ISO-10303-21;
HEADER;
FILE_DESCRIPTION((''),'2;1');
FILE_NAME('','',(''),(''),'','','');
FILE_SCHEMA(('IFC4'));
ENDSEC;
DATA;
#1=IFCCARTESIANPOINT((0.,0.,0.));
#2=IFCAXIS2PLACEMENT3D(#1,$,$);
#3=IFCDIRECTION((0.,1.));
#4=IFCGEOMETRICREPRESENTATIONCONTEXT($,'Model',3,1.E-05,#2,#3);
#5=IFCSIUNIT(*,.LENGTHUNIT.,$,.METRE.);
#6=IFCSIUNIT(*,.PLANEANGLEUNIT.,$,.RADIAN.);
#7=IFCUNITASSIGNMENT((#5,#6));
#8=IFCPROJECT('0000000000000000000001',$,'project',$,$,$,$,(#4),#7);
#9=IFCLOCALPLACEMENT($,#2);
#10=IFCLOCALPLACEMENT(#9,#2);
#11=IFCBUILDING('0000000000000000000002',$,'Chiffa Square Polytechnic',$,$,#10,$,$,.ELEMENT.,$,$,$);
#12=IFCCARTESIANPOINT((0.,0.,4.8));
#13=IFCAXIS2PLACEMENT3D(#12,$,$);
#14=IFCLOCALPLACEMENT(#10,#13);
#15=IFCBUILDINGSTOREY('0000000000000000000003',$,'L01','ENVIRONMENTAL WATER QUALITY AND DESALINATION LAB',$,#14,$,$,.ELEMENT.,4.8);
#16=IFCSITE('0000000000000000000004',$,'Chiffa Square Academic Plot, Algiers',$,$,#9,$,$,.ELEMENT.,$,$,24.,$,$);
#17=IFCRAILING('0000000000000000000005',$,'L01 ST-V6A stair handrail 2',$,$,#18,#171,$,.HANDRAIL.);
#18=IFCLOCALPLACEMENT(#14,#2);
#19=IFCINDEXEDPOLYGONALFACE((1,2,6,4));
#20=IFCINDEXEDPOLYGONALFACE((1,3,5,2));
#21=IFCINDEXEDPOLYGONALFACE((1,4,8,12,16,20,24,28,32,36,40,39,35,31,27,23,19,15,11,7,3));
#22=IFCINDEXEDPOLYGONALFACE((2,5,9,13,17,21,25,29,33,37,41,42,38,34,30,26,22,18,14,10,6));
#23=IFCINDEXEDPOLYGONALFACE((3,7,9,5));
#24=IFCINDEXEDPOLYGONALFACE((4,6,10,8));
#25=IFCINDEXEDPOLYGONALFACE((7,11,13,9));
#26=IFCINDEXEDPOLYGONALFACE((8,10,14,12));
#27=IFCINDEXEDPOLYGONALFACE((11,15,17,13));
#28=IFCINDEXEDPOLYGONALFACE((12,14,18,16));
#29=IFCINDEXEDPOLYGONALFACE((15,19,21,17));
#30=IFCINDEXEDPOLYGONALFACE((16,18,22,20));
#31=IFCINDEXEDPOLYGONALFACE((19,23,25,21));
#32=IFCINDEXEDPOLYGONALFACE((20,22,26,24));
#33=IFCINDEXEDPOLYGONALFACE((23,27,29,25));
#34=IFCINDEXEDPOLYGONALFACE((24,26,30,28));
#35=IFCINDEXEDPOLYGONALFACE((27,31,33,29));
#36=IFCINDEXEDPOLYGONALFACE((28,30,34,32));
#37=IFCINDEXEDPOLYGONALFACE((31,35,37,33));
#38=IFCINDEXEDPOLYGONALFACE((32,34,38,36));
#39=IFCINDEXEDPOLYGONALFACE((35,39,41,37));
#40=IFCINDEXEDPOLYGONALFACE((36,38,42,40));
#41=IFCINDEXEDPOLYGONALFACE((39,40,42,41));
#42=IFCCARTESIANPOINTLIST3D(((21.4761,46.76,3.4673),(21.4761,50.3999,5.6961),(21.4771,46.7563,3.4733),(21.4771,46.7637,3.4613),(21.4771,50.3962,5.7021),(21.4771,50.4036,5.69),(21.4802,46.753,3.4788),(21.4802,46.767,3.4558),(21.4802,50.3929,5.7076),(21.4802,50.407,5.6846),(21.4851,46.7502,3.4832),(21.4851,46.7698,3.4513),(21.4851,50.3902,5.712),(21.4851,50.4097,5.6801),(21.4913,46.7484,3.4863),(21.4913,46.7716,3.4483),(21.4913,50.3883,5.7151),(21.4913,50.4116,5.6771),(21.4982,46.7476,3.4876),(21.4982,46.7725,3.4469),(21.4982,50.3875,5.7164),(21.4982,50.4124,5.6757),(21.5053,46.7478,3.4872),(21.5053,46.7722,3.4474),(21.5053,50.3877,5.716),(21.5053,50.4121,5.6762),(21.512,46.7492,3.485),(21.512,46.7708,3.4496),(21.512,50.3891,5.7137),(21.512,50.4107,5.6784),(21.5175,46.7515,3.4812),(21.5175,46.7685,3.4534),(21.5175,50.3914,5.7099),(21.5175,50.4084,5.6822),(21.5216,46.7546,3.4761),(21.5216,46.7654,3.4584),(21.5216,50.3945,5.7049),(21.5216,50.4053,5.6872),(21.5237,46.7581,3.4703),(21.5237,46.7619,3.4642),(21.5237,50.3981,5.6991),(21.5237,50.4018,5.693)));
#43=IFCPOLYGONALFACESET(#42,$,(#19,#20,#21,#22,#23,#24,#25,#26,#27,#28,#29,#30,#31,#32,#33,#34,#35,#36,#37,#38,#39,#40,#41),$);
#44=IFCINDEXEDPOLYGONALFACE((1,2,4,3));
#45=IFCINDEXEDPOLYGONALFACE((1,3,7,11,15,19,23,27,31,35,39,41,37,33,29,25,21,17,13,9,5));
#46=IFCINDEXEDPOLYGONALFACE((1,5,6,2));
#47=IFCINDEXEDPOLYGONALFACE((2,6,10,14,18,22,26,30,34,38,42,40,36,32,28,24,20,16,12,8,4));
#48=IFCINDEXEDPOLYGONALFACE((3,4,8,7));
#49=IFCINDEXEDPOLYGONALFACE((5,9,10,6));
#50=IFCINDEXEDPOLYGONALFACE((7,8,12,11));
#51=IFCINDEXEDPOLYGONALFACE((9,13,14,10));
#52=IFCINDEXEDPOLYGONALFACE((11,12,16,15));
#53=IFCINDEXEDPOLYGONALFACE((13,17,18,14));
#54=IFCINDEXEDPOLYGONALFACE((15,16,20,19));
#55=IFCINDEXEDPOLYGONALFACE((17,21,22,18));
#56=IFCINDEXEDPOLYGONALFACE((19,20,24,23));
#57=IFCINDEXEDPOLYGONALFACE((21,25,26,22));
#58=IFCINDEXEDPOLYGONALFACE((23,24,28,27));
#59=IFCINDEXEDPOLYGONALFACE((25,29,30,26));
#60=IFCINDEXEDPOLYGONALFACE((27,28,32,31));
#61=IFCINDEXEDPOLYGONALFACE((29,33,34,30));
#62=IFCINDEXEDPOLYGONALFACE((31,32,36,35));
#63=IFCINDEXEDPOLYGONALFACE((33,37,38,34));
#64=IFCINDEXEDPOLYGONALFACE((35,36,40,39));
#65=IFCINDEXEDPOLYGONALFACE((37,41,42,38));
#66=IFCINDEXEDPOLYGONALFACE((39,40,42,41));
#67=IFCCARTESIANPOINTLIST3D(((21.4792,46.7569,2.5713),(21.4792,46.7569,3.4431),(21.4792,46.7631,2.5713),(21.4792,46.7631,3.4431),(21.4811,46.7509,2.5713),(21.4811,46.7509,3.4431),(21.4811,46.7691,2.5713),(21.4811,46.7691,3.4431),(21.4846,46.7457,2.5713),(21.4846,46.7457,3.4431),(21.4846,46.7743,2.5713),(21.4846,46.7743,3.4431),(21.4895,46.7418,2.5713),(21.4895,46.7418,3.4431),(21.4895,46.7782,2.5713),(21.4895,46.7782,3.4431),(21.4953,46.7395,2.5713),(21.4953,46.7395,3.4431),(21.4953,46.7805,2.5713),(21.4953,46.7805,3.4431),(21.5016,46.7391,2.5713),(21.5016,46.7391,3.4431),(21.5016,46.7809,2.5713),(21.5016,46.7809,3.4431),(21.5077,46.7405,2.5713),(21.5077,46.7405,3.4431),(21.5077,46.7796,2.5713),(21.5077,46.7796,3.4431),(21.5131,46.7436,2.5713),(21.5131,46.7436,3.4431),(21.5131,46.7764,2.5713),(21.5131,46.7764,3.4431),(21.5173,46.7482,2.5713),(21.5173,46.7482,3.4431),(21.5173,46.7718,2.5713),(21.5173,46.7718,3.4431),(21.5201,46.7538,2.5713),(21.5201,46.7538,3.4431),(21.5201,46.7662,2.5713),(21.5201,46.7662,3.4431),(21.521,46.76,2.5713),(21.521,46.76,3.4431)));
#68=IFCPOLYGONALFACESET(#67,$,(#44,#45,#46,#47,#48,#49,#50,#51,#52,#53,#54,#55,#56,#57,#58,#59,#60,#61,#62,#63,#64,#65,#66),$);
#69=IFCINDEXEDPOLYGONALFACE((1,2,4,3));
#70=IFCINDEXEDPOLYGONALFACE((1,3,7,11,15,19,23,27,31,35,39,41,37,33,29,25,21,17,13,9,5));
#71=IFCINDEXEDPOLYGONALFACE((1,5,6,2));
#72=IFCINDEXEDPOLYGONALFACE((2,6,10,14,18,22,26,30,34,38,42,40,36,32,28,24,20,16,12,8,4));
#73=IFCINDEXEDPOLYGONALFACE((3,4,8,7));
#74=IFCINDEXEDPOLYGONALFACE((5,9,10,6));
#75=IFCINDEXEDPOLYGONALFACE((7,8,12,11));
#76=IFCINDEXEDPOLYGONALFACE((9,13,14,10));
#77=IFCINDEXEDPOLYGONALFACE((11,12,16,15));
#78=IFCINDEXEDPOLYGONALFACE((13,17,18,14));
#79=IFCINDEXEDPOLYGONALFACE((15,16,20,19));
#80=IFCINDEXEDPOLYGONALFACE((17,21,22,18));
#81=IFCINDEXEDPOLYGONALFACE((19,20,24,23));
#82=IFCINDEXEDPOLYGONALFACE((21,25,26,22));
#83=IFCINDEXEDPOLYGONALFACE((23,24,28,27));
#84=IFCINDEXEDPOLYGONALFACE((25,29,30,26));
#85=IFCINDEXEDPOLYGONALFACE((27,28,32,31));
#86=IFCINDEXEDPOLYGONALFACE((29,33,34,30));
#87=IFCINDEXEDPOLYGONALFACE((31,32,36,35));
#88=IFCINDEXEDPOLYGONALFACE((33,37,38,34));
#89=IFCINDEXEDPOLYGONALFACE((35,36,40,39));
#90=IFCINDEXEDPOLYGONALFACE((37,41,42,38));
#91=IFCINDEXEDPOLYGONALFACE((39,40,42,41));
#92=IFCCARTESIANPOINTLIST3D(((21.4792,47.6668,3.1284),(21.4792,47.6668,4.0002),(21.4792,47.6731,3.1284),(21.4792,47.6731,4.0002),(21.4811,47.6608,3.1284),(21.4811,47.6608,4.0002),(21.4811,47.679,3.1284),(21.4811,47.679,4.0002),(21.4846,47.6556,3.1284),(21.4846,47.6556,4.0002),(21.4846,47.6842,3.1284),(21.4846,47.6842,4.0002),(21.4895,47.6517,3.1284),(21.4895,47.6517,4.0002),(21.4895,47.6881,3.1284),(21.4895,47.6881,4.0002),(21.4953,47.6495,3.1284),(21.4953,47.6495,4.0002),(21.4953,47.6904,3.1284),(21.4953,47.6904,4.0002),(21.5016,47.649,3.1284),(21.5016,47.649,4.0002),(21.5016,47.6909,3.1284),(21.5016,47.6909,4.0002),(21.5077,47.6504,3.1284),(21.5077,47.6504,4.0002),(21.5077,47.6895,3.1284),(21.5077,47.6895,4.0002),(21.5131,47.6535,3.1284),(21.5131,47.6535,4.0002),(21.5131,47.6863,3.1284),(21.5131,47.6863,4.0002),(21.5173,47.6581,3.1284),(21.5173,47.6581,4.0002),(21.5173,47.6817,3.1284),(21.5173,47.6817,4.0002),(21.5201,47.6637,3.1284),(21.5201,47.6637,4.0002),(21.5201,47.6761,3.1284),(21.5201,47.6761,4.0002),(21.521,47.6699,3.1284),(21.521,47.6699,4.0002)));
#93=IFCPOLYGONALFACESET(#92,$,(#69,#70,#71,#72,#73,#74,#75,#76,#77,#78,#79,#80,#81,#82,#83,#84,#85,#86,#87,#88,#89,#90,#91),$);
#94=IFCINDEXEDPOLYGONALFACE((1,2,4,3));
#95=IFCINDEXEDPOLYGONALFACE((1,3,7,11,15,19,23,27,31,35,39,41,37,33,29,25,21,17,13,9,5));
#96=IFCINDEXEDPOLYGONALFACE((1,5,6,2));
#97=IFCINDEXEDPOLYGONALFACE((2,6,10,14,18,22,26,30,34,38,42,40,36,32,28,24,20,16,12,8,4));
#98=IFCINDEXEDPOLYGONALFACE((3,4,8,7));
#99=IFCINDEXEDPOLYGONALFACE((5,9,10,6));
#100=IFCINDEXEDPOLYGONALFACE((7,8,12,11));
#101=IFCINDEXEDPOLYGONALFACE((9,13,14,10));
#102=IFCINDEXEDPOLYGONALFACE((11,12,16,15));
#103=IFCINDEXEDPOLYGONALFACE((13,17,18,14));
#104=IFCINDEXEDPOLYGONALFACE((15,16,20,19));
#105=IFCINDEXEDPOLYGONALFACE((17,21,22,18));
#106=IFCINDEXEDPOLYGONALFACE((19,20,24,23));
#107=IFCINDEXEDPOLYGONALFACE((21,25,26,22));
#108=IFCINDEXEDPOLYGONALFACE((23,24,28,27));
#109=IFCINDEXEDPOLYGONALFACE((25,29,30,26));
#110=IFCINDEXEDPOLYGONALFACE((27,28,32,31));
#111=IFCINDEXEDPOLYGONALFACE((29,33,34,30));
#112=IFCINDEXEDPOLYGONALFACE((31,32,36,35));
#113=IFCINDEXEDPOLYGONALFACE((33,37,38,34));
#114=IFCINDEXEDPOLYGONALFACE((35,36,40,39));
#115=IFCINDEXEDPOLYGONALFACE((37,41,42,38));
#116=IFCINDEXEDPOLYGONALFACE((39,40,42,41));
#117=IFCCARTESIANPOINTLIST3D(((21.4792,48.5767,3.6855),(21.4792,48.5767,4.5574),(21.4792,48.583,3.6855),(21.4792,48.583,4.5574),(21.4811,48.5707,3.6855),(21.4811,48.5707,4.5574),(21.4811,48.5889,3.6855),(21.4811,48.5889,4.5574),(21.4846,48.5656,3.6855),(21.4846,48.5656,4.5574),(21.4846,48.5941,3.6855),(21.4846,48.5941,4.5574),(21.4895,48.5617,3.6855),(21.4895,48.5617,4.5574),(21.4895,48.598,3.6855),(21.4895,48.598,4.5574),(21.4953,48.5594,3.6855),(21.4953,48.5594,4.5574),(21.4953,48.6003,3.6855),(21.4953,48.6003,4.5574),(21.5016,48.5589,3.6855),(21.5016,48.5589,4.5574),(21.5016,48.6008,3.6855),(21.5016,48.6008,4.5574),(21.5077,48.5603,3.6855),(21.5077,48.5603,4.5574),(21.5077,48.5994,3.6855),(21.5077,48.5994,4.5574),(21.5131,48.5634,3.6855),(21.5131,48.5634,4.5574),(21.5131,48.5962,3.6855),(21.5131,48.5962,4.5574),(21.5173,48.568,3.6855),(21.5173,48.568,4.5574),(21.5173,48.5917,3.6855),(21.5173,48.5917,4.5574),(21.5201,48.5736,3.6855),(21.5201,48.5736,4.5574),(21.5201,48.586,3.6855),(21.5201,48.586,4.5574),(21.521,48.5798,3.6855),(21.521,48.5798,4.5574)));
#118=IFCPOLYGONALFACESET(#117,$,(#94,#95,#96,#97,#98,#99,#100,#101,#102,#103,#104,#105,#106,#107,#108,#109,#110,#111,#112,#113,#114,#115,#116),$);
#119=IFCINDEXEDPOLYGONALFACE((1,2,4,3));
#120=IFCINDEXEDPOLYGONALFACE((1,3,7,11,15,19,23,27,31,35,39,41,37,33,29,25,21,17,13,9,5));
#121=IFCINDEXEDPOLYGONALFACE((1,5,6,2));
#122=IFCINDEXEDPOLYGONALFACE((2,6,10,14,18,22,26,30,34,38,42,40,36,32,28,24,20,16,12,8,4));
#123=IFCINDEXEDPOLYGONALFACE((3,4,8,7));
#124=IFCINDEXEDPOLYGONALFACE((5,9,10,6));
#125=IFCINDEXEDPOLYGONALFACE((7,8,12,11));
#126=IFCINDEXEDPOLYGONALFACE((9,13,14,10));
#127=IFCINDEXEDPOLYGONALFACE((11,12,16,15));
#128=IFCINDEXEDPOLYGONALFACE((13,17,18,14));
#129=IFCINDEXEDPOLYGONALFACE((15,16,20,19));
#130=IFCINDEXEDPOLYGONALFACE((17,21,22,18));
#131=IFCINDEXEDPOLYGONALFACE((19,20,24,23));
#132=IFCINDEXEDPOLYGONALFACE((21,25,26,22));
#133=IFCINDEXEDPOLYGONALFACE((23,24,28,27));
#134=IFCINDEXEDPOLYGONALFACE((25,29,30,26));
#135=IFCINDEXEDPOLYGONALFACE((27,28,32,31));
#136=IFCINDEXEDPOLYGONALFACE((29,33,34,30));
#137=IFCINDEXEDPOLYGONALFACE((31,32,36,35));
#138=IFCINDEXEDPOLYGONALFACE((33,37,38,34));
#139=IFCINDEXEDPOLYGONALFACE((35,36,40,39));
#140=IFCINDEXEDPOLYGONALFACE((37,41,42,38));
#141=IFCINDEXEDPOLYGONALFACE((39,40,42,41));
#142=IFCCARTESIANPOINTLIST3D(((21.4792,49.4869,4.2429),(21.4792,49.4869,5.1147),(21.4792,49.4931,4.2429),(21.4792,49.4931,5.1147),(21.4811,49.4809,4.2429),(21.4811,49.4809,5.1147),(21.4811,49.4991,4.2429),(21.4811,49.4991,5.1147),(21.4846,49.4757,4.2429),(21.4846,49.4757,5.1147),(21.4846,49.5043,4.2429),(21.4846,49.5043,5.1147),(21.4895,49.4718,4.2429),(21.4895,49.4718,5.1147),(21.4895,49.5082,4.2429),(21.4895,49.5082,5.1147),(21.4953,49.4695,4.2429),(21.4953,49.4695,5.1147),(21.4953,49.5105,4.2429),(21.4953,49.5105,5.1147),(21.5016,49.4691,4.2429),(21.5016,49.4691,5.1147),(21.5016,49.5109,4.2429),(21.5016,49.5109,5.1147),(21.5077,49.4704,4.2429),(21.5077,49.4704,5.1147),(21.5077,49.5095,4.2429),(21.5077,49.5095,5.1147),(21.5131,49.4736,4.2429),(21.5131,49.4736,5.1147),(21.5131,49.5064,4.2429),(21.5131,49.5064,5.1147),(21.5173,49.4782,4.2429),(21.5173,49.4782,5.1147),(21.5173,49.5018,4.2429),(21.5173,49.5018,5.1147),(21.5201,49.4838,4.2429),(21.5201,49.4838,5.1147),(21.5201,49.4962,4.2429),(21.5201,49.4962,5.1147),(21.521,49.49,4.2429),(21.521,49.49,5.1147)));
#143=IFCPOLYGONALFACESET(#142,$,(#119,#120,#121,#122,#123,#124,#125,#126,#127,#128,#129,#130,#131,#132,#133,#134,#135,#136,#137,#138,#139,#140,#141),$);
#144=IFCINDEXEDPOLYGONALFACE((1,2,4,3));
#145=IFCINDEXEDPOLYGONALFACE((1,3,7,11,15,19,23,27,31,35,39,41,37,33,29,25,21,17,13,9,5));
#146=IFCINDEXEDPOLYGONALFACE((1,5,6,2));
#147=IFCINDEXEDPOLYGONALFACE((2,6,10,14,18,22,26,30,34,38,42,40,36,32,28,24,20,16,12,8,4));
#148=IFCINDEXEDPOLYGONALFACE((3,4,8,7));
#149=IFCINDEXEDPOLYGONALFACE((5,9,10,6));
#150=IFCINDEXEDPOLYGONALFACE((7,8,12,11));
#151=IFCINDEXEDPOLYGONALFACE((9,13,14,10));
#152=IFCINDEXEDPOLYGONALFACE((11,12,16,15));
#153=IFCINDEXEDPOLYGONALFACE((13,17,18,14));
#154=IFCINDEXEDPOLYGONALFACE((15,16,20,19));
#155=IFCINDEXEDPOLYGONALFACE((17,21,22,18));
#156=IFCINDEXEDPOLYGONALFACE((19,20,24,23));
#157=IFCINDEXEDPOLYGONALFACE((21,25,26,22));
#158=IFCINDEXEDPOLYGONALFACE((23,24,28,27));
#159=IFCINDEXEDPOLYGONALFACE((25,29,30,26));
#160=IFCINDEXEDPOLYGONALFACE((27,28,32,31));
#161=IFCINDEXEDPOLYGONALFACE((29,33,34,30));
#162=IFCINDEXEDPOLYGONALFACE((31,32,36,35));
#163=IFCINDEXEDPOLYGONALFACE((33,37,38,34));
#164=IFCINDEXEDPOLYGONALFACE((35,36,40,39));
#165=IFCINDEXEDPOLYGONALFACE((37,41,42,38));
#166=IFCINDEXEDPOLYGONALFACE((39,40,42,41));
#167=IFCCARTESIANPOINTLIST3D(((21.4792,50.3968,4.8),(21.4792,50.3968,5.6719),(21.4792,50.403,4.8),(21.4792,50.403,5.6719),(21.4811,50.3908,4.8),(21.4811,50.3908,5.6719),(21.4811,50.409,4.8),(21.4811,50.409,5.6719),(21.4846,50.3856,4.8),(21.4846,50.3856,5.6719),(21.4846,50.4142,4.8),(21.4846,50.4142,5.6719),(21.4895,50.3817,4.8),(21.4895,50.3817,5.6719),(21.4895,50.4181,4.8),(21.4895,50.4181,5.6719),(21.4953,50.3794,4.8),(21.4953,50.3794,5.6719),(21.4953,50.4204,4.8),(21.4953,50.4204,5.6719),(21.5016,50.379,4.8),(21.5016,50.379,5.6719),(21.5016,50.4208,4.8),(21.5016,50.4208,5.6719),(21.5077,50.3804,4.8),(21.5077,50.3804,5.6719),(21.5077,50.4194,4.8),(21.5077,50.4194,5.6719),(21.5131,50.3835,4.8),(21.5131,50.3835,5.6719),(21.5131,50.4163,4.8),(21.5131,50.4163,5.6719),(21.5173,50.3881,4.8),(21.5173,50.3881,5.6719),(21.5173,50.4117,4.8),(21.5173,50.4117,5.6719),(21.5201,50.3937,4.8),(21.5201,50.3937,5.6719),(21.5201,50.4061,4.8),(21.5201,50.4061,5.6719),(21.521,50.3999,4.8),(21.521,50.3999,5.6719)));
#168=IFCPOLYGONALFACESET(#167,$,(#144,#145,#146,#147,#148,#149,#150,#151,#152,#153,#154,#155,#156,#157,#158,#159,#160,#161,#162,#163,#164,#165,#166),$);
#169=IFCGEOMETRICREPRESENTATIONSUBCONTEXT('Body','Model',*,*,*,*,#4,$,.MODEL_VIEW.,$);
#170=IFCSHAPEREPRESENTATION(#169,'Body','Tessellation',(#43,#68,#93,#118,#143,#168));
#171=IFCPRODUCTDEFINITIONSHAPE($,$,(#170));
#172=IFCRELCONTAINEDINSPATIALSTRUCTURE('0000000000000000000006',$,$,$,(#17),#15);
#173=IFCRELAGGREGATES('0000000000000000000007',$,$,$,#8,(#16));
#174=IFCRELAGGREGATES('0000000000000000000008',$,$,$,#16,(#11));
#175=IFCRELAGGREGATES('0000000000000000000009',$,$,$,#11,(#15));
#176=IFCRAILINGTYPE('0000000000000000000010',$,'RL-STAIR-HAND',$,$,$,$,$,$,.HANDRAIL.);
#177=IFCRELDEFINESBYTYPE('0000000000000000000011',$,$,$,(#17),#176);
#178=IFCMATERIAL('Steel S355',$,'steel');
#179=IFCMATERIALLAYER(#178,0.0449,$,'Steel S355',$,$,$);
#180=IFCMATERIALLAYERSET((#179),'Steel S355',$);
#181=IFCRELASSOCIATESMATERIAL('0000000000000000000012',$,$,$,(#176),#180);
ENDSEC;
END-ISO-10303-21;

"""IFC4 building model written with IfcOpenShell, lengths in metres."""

from ifc_helpers import new_model, si_unit, direction, frame, origin, origin_2d, place, context, subcontext, project, spatial, circle, extrude, material, layer, layer_set, type_object, element, save


model = new_model("IFC4")

# Units and contexts
model_context = context("Model", 3, precision=1e-05, world=origin(), true_north=direction((0.0, 1.0)))
body_context = subcontext(model_context, "Body", "Model", "MODEL_VIEW")
ifc_project = project(units=[si_unit("LENGTHUNIT", "METRE"), si_unit("PLANEANGLEUNIT", "RADIAN")], contexts=[model_context])

# Site, building, storey
site_placement = place(None, origin())
site = spatial("IfcSite", under=ifc_project, at=site_placement, Name="Chiffa Square Academic Plot, Algiers", CompositionType="ELEMENT", RefElevation=24.0)
building_placement = place(site_placement, origin())
building = spatial("IfcBuilding", under=site, at=building_placement, Name="Chiffa Square Polytechnic", CompositionType="ELEMENT")
storey_placement = place(building_placement, frame((0.0, 0.0, 4.8)))
storey = spatial("IfcBuildingStorey", under=building, at=storey_placement, Name="L01", Description="ENVIRONMENTAL WATER QUALITY AND DESALINATION LAB", CompositionType="ELEMENT", Elevation=4.8)

# Railing
ifc_material_1 = material(Name="Steel S355", Category="steel")
ifc_layer_1 = layer(ifc_material_1, 0.0449, Name="Steel S355")
ifc_layer_set_1 = layer_set([ifc_layer_1], Name="Steel S355")
railing_type_1 = type_object("IfcRailingType", Name="RL-STAIR-HAND", PredefinedType="HANDRAIL", material=ifc_layer_set_1)
railing_1_placement = place(storey_placement, frame((21.5, 46.76, 2.5713)))
element("IfcRailing", 1, at=railing_1_placement, inside=storey, type_object=railing_type_1, Name="L01 ST-V6A stair handrail 2", PredefinedType="HANDRAIL", context=body_context, shape_type="SweptSolid", body=[
    extrude(circle(Radius=0.0239, at=origin_2d()), frame((0.0, 0.0, 0.896), z_axis=(0.0, 0.852825, 0.522197), x_axis=(-1.0, 0.0, 0.0)), (0.0, 0.0, 1.0), 4.2681),
    extrude(circle(Radius=0.021, at=origin_2d()), origin(), (0.0, 0.0, 1.0), 0.8718),
    extrude(circle(Radius=0.021, at=origin_2d()), frame((0.0, 0.9099, 0.5571)), (0.0, 0.0, 1.0), 0.8718),
    extrude(circle(Radius=0.021, at=origin_2d()), frame((0.0, 1.8198, 1.1143)), (0.0, 0.0, 1.0), 0.8718),
    extrude(circle(Radius=0.021, at=origin_2d()), frame((0.0, 2.73, 1.6716)), (0.0, 0.0, 1.0), 0.8718),
    extrude(circle(Radius=0.021, at=origin_2d()), frame((0.0, 3.6399, 2.2288)), (0.0, 0.0, 1.0), 0.8718),
])

save(model, "model.ifc")
